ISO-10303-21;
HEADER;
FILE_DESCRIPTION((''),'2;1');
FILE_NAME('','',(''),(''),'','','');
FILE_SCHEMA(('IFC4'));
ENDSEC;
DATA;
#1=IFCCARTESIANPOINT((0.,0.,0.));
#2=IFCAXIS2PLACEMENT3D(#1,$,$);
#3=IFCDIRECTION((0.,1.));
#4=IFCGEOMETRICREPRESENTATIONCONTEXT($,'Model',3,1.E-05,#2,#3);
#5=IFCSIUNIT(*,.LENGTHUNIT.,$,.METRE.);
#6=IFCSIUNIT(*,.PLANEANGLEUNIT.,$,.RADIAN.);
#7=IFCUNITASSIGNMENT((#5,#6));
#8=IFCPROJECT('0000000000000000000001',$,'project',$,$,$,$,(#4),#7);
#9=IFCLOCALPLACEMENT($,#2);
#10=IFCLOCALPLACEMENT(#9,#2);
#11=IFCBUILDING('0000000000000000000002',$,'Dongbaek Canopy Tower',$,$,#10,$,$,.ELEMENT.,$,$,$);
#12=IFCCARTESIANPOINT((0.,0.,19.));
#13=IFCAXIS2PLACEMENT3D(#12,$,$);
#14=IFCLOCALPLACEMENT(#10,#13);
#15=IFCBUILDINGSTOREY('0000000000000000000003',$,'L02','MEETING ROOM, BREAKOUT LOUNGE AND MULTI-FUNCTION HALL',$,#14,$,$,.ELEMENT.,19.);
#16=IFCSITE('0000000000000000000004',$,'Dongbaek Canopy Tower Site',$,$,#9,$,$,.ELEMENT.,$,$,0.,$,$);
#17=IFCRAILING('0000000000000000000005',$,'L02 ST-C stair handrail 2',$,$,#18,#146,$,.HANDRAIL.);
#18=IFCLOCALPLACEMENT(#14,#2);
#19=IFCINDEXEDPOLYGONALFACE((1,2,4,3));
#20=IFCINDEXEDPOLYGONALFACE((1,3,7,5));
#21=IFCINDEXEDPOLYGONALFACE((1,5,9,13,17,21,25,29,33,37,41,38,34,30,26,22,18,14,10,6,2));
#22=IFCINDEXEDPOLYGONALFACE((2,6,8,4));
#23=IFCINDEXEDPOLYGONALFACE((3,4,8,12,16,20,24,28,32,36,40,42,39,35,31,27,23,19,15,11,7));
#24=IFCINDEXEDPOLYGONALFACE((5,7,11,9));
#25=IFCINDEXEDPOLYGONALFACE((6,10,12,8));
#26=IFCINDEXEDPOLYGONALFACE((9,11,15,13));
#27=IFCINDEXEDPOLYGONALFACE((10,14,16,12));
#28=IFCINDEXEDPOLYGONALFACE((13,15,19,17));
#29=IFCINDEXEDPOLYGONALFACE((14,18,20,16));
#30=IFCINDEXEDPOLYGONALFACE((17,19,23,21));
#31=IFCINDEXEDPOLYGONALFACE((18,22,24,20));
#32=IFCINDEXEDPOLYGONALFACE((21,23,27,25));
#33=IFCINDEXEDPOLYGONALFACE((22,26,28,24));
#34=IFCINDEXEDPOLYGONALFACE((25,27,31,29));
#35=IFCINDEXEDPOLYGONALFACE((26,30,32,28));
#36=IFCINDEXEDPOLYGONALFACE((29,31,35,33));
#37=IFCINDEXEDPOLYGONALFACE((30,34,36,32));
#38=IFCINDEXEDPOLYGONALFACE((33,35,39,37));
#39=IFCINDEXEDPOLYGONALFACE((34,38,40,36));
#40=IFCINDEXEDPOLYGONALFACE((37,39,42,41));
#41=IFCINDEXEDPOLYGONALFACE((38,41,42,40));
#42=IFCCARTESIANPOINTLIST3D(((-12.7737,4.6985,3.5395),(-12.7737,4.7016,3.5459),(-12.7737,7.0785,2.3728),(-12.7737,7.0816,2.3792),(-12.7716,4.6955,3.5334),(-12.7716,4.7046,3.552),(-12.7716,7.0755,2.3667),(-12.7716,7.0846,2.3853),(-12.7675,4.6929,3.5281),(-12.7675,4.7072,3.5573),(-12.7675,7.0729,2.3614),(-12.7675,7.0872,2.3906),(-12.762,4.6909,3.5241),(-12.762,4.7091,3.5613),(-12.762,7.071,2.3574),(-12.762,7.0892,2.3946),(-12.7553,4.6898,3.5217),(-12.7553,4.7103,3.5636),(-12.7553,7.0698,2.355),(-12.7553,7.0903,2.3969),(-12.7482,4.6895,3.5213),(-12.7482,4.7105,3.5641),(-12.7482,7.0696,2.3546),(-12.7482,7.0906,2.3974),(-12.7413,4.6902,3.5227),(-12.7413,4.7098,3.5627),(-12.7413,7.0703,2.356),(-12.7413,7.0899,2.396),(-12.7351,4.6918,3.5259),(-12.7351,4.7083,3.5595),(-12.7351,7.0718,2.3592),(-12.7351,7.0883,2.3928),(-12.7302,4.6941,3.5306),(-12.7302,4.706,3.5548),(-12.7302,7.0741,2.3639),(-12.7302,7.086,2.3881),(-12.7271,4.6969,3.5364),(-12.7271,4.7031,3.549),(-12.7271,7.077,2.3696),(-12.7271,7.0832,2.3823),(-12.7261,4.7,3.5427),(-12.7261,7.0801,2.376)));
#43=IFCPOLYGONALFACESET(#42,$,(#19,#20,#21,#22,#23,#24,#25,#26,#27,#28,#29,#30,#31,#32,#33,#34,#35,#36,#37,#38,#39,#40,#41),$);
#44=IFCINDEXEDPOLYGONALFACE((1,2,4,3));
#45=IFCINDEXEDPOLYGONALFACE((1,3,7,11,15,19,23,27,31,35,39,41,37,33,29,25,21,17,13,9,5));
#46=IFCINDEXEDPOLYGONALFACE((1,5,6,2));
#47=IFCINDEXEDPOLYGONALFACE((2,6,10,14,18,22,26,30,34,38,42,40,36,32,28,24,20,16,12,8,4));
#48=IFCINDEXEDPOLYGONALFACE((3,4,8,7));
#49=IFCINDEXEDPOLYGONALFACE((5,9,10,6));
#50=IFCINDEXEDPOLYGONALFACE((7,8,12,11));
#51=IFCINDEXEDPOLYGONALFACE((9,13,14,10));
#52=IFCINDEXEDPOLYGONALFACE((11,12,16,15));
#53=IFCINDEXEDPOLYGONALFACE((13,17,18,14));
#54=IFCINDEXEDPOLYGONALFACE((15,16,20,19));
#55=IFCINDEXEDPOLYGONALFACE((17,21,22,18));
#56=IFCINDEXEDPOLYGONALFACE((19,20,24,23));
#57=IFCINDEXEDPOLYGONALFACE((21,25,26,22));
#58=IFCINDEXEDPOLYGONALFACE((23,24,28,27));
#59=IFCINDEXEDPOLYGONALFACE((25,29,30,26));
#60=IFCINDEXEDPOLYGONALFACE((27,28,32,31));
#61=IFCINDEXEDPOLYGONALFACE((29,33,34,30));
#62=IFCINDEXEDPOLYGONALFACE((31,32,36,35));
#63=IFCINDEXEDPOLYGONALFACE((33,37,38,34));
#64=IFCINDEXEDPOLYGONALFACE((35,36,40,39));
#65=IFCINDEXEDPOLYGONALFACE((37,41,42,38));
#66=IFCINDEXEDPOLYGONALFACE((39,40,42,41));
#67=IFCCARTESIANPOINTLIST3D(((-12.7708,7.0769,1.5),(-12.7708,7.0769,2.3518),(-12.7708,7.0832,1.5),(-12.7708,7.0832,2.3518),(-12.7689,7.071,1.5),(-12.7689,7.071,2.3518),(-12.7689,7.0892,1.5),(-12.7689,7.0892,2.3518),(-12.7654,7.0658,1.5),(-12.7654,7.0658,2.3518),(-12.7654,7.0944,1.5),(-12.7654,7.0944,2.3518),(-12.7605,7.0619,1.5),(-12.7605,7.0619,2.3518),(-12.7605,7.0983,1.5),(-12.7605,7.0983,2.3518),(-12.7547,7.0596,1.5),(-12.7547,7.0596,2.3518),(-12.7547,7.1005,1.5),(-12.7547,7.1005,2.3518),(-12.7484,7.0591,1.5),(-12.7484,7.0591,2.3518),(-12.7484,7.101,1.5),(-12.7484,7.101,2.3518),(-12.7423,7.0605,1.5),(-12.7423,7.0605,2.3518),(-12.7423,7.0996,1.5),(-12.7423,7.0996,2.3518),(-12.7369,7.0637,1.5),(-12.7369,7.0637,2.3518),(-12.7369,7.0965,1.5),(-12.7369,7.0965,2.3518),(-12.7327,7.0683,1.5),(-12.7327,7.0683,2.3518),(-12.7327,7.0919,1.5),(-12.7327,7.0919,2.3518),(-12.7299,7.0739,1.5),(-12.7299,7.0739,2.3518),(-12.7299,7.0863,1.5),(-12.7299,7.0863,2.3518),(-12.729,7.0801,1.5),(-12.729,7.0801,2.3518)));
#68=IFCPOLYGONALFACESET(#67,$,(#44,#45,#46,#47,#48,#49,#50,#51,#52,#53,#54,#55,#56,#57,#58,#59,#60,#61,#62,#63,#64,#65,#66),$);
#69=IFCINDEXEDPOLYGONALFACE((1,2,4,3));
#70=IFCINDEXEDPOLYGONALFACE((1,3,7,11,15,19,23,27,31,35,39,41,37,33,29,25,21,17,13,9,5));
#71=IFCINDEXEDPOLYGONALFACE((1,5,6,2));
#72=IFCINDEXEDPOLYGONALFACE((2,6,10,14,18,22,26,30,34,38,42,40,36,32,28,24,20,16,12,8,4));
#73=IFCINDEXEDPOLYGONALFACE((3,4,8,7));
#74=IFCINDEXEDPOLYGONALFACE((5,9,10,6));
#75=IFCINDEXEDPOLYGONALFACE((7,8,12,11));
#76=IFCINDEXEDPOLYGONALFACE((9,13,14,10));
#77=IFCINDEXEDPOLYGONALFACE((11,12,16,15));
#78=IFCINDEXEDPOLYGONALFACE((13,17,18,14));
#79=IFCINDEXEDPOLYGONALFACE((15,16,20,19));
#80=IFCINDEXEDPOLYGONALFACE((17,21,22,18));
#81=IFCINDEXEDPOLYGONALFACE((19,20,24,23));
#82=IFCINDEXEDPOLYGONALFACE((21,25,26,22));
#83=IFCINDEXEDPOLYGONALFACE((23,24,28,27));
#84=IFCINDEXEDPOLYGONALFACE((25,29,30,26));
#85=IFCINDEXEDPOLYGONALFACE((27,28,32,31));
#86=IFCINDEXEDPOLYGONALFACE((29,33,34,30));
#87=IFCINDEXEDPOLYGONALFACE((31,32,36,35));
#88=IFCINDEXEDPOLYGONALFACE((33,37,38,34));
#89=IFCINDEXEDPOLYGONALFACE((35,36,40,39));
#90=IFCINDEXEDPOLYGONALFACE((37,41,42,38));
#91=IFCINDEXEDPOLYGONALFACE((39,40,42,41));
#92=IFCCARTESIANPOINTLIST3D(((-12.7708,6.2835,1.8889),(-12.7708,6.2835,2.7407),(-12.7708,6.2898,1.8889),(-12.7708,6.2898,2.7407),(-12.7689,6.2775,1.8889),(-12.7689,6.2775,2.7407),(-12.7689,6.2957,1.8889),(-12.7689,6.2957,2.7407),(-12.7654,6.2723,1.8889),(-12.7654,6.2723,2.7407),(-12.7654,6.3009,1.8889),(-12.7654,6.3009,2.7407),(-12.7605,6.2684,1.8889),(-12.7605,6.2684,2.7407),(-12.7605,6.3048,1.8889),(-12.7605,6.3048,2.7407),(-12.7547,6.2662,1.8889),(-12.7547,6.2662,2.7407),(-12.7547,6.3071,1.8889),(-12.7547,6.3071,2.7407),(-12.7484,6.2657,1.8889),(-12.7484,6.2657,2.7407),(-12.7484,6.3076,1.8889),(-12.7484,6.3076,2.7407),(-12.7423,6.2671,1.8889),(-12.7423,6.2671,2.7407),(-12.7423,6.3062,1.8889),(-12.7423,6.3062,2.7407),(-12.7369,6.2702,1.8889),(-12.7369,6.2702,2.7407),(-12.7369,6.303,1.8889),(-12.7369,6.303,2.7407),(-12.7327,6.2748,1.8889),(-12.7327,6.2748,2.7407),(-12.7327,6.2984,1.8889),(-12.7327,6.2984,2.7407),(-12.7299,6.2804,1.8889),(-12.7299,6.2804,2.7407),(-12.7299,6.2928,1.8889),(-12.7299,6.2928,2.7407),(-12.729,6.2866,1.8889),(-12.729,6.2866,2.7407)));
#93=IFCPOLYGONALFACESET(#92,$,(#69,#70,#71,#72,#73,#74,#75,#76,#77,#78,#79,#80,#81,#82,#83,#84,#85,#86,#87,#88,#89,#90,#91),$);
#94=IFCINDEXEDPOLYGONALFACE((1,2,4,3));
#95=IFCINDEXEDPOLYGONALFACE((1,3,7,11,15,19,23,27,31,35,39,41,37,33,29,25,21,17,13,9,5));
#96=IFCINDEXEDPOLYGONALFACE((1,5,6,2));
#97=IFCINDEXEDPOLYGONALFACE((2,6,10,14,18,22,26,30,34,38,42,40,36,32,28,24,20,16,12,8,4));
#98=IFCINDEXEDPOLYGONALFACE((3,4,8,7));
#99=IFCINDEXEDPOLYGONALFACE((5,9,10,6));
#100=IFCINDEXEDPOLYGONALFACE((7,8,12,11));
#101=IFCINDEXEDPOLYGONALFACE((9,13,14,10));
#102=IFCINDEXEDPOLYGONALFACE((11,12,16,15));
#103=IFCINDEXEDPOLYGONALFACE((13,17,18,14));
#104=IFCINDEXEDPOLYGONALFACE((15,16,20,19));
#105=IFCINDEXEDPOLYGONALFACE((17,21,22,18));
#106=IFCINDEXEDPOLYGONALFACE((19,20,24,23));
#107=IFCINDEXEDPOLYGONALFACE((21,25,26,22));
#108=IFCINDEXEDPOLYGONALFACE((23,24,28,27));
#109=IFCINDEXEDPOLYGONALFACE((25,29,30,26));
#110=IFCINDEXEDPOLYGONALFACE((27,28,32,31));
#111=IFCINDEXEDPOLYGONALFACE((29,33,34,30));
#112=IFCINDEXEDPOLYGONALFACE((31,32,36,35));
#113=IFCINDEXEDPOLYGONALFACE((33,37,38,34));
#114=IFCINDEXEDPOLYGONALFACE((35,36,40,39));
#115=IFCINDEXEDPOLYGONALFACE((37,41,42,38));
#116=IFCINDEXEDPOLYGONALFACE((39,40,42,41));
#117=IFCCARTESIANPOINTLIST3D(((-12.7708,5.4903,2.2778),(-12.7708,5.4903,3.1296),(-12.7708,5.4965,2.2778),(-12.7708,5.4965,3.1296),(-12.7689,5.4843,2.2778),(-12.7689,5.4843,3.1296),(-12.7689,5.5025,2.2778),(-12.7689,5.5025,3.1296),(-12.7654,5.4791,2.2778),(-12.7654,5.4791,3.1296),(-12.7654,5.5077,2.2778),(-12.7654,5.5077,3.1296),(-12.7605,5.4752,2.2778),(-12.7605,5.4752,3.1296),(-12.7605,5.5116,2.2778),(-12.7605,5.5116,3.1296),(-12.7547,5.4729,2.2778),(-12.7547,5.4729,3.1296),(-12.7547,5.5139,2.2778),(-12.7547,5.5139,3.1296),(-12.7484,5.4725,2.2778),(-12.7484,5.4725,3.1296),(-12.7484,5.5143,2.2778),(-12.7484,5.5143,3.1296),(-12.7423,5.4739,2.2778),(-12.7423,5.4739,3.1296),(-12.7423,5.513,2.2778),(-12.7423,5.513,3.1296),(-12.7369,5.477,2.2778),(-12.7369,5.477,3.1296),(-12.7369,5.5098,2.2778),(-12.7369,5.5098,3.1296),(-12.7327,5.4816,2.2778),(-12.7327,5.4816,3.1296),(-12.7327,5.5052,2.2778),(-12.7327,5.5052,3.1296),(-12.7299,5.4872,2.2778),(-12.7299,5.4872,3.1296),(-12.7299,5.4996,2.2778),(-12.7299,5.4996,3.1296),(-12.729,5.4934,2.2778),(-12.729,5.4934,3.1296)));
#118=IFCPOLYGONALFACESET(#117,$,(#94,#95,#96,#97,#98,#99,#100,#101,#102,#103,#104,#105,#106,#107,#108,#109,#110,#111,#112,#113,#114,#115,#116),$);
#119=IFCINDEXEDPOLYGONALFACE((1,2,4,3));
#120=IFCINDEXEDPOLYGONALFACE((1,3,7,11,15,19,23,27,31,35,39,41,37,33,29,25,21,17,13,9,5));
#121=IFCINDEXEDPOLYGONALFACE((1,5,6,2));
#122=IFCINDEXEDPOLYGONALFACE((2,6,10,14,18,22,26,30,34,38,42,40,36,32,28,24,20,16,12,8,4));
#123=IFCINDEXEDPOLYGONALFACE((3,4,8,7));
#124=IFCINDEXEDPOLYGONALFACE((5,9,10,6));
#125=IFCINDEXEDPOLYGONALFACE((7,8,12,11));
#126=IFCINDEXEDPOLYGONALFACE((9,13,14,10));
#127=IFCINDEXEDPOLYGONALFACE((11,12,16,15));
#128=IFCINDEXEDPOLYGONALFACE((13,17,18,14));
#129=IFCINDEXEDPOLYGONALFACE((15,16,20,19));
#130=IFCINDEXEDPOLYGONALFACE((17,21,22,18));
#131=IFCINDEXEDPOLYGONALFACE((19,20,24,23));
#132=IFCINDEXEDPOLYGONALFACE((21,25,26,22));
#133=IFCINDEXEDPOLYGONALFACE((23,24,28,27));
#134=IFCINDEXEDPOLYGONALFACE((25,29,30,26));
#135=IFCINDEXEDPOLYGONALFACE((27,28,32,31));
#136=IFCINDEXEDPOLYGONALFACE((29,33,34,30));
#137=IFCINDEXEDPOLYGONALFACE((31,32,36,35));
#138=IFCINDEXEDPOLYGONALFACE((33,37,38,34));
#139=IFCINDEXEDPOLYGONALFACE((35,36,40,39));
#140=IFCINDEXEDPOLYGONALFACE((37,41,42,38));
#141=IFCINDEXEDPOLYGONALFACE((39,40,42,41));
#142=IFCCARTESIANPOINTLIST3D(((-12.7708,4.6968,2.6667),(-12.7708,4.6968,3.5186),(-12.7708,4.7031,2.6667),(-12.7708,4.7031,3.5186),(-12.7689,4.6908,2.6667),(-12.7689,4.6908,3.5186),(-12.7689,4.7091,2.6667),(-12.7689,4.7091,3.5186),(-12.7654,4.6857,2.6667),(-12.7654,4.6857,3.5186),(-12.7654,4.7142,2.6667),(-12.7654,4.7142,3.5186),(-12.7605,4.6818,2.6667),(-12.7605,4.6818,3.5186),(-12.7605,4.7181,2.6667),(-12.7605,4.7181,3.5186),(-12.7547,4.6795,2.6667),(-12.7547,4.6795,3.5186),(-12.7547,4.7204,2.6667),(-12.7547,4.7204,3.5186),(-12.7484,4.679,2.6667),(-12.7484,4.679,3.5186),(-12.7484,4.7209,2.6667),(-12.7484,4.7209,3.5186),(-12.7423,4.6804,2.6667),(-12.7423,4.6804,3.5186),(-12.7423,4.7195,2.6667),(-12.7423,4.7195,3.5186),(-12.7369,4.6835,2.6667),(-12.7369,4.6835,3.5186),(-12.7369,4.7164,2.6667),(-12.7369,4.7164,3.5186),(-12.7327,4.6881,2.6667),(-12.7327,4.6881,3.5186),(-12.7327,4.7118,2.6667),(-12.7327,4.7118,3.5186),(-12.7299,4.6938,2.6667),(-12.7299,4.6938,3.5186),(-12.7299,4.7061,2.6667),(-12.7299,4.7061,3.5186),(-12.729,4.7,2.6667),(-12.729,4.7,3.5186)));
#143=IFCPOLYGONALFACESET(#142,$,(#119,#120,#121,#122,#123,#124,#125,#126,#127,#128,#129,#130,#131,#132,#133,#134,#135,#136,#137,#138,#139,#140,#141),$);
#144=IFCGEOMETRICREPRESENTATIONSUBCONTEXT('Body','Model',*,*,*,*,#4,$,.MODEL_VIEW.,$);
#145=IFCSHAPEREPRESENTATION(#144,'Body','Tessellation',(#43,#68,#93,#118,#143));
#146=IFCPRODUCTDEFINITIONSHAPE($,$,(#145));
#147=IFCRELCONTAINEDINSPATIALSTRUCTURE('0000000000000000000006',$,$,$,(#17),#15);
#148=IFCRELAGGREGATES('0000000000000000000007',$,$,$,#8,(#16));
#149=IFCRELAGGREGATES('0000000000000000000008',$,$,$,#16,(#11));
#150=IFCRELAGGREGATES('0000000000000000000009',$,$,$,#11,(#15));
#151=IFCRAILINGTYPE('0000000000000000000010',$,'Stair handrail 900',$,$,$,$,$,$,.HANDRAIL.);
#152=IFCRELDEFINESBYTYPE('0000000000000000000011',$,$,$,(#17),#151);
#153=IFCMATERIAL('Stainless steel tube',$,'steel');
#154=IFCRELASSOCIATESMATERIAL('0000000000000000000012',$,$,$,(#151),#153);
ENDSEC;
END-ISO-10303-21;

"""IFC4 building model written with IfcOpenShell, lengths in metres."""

from ifc_helpers import new_model, si_unit, direction, frame, origin, origin_2d, place, context, subcontext, project, spatial, circle, extrude, material, type_object, element, save


model = new_model("IFC4")

# Units and contexts
model_context = context("Model", 3, precision=1e-05, world=origin(), true_north=direction((0.0, 1.0)))
body_context = subcontext(model_context, "Body", "Model", "MODEL_VIEW")
ifc_project = project(units=[si_unit("LENGTHUNIT", "METRE"), si_unit("PLANEANGLEUNIT", "RADIAN")], contexts=[model_context])

# Site, building, storey
site_placement = place(None, origin())
site = spatial("IfcSite", under=ifc_project, at=site_placement, Name="Dongbaek Canopy Tower Site", CompositionType="ELEMENT", RefElevation=0.0)
building_placement = place(site_placement, origin())
building = spatial("IfcBuilding", under=site, at=building_placement, Name="Dongbaek Canopy Tower", CompositionType="ELEMENT")
storey_placement = place(building_placement, frame((0.0, 0.0, 19.0)))
storey = spatial("IfcBuildingStorey", under=building, at=storey_placement, Name="L02", Description="MEETING ROOM, BREAKOUT LOUNGE AND MULTI-FUNCTION HALL", CompositionType="ELEMENT", Elevation=19.0)

# Railing
ifc_material_1 = material(Name="Stainless steel tube", Category="steel")
railing_type_1 = type_object("IfcRailingType", Name="Stair handrail 900", PredefinedType="HANDRAIL", material=ifc_material_1)
railing_1_placement = place(storey_placement, frame((-12.75, 7.0801, 1.5)))
element("IfcRailing", 1, at=railing_1_placement, inside=storey, type_object=railing_type_1, Name="L02 ST-C stair handrail 2", PredefinedType="HANDRAIL", context=body_context, shape_type="SweptSolid", body=[
    extrude(circle(Radius=0.0239, at=origin_2d()), frame((0.0, 0.0, 0.876), z_axis=(0.0, -0.897918, 0.440163), x_axis=(1.0, 0.0, 0.0)), (0.0, 0.0, 1.0), 2.6506),
    extrude(circle(Radius=0.021, at=origin_2d()), origin(), (0.0, 0.0, 1.0), 0.8518),
    extrude(circle(Radius=0.021, at=origin_2d()), frame((0.0, -0.7935, 0.3889)), (0.0, 0.0, 1.0), 0.8518),
    extrude(circle(Radius=0.021, at=origin_2d()), frame((0.0, -1.5867, 0.7778)), (0.0, 0.0, 1.0), 0.8518),
    extrude(circle(Radius=0.021, at=origin_2d()), frame((0.0, -2.3801, 1.1667)), (0.0, 0.0, 1.0), 0.8518),
])

save(model, "model.ifc")
